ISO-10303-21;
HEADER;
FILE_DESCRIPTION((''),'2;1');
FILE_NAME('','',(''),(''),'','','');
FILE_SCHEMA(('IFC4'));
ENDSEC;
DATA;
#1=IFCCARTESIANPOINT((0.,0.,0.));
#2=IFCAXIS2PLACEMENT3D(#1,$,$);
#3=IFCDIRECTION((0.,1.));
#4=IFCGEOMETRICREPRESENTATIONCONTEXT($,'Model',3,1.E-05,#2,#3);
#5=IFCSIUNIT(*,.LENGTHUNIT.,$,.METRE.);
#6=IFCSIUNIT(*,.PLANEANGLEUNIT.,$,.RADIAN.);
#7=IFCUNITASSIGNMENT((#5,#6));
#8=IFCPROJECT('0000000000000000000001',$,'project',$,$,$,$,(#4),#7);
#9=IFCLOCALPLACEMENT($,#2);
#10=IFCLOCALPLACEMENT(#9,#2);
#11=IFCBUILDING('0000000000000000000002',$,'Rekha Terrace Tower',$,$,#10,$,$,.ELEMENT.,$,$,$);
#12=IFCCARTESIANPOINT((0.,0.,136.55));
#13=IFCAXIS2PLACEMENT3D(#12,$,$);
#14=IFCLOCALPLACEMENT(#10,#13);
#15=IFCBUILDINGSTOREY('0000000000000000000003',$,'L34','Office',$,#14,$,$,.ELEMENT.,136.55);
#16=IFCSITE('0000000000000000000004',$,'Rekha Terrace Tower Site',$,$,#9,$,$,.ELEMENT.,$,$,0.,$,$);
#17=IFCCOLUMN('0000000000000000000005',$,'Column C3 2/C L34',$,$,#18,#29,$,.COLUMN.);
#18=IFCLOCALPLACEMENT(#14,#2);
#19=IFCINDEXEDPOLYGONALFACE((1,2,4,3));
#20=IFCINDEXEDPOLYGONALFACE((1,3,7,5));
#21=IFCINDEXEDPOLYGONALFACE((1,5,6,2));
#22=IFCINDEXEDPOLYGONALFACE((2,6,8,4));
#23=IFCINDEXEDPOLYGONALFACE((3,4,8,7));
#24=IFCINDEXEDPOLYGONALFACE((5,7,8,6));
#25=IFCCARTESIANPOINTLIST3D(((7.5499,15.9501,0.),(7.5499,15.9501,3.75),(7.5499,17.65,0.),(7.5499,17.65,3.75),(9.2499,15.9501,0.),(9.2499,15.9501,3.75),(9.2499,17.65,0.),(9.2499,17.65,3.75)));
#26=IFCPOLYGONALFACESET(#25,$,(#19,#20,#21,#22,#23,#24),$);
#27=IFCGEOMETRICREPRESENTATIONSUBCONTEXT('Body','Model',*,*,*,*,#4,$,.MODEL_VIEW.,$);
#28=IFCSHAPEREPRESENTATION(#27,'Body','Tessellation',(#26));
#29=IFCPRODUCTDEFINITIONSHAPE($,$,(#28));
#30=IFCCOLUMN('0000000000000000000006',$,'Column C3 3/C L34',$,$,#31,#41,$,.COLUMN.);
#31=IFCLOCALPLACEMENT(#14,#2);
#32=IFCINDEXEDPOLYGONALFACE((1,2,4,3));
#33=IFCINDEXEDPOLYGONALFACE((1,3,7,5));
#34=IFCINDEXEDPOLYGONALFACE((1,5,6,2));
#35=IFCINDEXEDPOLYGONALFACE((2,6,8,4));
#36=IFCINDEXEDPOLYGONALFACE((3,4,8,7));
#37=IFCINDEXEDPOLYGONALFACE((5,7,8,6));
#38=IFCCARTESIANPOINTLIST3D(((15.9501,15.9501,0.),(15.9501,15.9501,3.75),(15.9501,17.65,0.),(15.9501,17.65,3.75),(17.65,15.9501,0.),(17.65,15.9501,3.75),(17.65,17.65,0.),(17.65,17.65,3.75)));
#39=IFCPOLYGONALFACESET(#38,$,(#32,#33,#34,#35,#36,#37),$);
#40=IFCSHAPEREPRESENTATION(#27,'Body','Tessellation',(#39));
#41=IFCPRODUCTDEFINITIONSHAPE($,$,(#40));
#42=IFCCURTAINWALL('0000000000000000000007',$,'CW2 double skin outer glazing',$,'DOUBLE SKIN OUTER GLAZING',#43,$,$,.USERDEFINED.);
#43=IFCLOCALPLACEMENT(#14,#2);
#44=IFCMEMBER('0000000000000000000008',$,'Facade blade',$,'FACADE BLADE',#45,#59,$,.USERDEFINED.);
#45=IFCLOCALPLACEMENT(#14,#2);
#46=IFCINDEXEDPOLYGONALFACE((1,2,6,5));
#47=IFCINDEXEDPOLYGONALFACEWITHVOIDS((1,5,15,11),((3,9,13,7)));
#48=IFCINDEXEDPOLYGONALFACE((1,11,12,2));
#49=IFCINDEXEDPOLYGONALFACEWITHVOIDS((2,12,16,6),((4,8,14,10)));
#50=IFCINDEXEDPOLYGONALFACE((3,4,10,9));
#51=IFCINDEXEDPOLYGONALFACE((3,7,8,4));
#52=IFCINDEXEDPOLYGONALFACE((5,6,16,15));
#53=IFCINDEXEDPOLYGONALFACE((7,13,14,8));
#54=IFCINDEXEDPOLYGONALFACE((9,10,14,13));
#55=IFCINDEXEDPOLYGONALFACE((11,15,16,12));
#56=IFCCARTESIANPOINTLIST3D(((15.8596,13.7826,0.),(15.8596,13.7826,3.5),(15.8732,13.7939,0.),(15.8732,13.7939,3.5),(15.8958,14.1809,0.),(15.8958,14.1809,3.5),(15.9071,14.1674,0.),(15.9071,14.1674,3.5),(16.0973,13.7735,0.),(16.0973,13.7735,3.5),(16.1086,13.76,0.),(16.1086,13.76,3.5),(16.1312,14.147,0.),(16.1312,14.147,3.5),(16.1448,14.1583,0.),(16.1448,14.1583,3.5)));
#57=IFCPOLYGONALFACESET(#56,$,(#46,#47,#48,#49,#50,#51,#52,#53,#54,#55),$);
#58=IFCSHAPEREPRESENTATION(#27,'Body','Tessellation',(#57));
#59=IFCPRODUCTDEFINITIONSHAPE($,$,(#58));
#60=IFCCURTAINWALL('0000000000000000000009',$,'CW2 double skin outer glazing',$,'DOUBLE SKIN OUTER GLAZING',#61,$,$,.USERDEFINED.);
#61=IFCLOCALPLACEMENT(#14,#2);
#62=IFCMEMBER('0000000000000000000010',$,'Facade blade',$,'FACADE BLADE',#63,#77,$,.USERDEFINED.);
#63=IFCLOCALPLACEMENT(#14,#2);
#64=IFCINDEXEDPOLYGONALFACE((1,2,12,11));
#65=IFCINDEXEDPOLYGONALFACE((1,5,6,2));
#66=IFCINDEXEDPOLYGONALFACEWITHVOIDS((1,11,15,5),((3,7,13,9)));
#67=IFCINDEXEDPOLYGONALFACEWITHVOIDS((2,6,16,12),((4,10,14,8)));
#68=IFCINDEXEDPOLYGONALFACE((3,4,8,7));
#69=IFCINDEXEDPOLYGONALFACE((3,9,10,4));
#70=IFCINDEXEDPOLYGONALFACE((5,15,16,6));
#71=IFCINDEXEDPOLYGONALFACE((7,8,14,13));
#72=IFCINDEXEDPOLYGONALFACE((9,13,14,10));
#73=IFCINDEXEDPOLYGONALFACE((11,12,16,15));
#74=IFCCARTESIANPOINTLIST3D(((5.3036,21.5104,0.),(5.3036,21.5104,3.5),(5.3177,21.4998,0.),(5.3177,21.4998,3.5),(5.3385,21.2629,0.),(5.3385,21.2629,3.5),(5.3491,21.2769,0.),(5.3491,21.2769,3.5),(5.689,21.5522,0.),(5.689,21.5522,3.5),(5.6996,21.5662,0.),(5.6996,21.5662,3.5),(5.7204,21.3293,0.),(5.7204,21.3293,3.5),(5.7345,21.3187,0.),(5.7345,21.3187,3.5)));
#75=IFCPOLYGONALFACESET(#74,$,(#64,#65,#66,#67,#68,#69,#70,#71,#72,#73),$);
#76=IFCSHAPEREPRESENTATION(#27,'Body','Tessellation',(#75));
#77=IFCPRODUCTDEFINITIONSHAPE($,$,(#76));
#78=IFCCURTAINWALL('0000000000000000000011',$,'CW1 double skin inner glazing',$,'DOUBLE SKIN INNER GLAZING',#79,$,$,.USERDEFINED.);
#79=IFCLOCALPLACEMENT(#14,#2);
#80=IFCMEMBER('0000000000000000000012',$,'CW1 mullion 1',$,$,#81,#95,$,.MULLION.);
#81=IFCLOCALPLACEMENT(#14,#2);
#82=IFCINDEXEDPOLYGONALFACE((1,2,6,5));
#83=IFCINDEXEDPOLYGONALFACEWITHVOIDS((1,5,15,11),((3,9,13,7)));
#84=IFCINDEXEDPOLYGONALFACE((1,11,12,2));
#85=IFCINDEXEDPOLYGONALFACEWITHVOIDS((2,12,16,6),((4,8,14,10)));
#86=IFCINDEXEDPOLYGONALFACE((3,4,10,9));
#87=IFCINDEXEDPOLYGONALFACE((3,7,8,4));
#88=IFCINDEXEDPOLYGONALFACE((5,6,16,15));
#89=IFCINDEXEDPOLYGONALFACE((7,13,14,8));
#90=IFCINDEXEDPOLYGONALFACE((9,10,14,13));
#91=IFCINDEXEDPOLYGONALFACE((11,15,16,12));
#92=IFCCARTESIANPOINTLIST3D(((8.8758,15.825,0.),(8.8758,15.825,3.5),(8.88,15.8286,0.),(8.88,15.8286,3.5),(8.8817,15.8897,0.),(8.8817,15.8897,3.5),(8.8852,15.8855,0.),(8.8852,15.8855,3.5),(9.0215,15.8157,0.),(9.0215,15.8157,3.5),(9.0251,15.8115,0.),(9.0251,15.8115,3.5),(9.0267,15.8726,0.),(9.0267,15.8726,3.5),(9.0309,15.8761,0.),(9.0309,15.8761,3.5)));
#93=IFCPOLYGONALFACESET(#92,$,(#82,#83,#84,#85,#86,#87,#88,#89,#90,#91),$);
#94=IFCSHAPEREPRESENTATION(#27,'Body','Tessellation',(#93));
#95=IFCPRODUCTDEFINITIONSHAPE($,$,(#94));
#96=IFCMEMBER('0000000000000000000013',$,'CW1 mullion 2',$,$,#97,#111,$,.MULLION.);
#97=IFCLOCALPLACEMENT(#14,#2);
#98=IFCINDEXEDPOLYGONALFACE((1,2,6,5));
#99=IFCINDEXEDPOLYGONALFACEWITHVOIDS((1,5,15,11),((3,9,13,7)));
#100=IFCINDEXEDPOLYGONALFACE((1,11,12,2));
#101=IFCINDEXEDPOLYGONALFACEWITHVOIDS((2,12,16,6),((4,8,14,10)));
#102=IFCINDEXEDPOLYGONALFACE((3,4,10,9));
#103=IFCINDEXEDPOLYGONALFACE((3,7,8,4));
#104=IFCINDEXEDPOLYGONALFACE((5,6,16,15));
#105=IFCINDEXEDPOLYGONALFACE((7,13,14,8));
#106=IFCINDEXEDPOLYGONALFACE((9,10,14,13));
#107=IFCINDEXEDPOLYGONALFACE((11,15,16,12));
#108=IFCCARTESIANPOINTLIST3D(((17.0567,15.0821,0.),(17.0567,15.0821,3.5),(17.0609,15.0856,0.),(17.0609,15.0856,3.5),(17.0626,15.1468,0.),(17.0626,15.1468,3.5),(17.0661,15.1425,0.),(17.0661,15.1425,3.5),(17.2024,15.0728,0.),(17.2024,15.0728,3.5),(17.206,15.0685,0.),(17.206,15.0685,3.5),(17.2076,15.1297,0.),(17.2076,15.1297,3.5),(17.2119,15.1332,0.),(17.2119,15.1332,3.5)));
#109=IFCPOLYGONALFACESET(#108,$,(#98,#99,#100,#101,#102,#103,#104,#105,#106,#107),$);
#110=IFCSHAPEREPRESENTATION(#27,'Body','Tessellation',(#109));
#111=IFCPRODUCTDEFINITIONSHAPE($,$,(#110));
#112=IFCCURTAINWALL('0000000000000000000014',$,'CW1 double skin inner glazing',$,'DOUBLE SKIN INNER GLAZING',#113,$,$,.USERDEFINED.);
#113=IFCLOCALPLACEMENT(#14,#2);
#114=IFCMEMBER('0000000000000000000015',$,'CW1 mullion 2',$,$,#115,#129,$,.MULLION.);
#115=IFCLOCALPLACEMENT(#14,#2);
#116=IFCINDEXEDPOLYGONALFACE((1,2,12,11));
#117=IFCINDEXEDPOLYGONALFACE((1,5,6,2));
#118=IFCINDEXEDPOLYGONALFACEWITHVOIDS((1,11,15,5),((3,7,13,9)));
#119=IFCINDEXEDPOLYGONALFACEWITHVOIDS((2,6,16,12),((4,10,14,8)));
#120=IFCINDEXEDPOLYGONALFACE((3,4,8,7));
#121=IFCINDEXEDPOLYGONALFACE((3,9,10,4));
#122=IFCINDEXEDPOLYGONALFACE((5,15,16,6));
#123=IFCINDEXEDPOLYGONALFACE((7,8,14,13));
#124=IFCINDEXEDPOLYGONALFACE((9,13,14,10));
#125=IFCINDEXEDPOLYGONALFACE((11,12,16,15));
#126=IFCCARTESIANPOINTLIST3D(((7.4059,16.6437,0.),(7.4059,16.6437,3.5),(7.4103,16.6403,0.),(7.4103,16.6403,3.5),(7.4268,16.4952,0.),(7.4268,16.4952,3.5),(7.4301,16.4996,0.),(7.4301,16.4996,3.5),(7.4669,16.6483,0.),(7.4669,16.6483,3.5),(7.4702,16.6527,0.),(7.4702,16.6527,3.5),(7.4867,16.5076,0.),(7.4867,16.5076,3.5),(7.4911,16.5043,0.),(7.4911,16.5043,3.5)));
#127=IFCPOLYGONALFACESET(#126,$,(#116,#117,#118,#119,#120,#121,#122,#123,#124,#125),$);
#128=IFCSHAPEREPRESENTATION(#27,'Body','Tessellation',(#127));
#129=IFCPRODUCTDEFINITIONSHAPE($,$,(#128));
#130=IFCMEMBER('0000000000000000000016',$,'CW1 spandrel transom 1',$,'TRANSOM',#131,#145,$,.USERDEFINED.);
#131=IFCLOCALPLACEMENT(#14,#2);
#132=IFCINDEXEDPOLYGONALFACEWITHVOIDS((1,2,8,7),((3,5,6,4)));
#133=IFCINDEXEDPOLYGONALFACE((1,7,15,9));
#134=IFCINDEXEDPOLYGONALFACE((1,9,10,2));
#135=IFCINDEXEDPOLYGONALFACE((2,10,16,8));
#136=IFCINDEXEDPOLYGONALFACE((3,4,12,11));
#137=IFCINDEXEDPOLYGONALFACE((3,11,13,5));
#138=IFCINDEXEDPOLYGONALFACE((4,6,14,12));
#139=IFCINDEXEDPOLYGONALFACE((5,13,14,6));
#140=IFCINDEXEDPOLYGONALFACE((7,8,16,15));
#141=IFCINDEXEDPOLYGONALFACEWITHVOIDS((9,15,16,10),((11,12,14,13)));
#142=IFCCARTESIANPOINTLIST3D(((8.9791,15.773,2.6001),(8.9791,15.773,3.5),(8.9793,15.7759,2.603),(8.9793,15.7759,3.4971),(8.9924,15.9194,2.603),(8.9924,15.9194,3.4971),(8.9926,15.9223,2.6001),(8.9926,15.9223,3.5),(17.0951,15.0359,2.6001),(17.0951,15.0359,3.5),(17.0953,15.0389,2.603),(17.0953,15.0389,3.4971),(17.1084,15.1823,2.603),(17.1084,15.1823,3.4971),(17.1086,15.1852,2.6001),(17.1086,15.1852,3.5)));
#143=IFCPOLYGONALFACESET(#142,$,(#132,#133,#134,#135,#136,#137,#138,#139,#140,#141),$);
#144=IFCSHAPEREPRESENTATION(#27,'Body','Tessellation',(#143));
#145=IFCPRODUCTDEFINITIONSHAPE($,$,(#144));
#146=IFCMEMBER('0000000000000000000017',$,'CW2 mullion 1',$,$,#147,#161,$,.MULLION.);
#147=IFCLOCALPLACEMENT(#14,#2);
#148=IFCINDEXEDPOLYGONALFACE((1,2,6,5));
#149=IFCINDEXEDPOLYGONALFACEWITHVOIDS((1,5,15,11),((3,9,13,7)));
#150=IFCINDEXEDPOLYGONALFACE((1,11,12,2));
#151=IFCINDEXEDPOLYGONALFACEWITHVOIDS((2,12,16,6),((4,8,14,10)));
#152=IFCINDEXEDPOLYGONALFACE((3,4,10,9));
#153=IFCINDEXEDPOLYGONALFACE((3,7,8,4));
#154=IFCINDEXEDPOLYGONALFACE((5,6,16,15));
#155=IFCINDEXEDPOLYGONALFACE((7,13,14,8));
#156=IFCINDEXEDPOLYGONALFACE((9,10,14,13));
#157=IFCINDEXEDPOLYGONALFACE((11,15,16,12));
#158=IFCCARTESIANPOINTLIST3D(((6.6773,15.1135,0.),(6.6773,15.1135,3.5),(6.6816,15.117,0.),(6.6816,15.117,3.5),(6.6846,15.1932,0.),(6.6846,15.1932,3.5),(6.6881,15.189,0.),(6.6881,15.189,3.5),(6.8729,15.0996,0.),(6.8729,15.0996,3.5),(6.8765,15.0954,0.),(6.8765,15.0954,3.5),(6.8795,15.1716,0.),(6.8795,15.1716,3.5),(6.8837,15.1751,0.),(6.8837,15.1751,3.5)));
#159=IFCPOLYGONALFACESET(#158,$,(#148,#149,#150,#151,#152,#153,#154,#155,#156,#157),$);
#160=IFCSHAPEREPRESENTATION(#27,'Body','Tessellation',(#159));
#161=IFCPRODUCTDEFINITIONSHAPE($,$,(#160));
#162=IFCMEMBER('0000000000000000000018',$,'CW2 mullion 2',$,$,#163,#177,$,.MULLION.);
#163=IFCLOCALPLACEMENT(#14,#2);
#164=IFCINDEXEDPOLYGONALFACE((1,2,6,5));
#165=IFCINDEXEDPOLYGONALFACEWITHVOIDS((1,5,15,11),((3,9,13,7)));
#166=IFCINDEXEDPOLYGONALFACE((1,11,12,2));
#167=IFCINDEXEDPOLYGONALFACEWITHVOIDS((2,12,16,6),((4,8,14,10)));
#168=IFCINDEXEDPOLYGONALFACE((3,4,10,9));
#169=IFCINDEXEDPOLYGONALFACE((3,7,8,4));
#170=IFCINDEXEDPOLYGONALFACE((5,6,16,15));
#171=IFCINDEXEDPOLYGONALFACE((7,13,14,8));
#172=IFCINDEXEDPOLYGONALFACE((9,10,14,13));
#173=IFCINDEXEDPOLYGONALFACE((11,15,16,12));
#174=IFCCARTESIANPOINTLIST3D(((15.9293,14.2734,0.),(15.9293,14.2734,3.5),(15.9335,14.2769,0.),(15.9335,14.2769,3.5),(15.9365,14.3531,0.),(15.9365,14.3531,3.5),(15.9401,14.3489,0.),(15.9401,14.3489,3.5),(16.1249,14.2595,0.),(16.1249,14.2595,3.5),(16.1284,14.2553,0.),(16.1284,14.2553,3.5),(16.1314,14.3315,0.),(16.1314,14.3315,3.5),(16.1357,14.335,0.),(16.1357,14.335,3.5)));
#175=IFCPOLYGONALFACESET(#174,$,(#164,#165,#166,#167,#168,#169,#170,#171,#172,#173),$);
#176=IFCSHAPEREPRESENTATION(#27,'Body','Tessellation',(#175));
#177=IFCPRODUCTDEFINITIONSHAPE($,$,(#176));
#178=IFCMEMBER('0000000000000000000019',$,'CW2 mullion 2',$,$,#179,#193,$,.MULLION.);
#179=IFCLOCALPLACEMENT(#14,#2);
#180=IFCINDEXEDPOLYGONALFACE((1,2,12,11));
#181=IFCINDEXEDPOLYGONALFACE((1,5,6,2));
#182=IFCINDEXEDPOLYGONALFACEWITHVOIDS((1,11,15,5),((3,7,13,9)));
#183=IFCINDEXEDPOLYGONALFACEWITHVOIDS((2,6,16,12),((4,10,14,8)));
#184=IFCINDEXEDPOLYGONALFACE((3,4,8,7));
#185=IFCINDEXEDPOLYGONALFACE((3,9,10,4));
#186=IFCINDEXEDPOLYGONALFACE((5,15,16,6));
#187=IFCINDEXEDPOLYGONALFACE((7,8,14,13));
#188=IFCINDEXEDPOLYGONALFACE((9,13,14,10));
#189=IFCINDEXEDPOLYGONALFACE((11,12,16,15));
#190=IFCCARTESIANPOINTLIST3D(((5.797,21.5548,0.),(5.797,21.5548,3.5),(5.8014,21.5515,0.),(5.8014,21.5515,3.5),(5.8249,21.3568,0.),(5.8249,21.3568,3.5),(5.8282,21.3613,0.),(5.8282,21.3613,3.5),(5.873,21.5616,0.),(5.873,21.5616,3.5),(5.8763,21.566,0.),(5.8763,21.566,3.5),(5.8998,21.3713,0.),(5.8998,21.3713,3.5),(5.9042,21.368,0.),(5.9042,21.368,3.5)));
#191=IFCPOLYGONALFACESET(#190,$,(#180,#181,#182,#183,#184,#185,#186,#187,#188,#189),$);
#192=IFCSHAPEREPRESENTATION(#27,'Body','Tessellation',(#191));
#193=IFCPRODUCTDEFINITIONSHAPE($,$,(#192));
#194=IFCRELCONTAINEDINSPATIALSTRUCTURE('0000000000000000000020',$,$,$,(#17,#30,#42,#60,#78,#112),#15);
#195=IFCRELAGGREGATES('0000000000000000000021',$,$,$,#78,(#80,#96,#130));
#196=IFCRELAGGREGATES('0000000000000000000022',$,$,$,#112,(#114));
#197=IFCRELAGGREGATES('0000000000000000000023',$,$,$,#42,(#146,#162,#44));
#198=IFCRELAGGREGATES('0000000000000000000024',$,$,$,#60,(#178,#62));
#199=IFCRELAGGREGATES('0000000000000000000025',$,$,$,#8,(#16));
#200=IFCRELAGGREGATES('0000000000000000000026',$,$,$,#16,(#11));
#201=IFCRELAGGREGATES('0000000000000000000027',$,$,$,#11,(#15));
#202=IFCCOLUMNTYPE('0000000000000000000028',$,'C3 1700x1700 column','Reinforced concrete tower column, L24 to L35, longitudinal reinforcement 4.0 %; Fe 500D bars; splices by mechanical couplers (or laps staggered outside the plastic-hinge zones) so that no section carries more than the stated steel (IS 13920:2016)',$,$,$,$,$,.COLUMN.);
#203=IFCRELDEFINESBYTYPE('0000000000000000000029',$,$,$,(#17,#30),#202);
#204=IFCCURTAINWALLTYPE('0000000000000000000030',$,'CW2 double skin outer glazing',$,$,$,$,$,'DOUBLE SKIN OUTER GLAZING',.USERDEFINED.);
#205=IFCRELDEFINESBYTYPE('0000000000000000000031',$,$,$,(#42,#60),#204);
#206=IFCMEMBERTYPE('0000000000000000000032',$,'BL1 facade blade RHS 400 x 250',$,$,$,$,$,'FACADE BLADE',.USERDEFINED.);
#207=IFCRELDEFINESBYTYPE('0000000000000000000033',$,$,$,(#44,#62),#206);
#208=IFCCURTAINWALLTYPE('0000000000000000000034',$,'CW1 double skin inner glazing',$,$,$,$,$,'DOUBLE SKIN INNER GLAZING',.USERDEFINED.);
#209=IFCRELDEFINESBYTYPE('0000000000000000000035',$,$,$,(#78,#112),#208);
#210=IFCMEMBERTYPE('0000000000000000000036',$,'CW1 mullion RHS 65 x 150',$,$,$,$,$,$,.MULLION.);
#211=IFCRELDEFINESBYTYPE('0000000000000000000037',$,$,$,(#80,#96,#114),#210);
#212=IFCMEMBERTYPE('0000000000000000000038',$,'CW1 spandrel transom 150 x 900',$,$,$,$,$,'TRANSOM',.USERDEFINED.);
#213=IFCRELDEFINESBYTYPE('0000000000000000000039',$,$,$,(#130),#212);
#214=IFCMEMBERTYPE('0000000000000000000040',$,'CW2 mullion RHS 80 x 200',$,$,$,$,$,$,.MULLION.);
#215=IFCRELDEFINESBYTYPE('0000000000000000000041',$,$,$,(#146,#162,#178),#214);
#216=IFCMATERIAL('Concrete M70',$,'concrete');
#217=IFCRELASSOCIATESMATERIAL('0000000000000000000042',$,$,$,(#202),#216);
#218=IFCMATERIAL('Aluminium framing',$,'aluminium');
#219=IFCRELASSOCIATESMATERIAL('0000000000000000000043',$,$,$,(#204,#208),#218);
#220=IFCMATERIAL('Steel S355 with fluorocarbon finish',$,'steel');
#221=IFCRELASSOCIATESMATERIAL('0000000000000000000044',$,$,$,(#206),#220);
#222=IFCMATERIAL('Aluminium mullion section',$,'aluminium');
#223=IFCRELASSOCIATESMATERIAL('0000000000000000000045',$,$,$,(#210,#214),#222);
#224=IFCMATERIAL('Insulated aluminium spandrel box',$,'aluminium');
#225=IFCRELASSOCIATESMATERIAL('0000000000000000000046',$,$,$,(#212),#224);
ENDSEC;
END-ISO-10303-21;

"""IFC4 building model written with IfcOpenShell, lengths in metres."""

from ifc_helpers import new_model, si_unit, direction, frame, origin, origin_2d, place, context, subcontext, project, spatial, rectangle, hollow_rectangle, extrude, material, material_profile, profile_set, type_object, element, aggregate, save


model = new_model("IFC4")

# Units and contexts
model_context = context("Model", 3, precision=1e-05, world=origin(), true_north=direction((0.0, 1.0)))
body_context = subcontext(model_context, "Body", "Model", "MODEL_VIEW")
ifc_project = project(units=[si_unit("LENGTHUNIT", "METRE"), si_unit("PLANEANGLEUNIT", "RADIAN")], contexts=[model_context])

# Site, building, storey
site_placement = place(None, origin())
site = spatial("IfcSite", under=ifc_project, at=site_placement, Name="Rekha Terrace Tower Site", CompositionType="ELEMENT", RefElevation=0.0)
building_placement = place(site_placement, origin())
building = spatial("IfcBuilding", under=site, at=building_placement, Name="Rekha Terrace Tower", CompositionType="ELEMENT")
storey_placement = place(building_placement, frame((0.0, 0.0, 136.55)))
storey = spatial("IfcBuildingStorey", under=building, at=storey_placement, Name="L34", Description="Office", CompositionType="ELEMENT", Elevation=136.55)

# Columns
ifc_material_1 = material(Name="Concrete M70", Category="concrete")
ifc_material_profile_1 = material_profile(ifc_material_1, rectangle(XDim=1.7, YDim=1.7, at=origin_2d()), Name="RC 1700x1700")
ifc_profile_set_1 = profile_set([ifc_material_profile_1], Name="Concrete M70")
column_type = type_object("IfcColumnType", Name="C3 1700x1700 column", Description="Reinforced concrete tower column, L24 to L35, longitudinal reinforcement 4.0 %; Fe 500D bars; splices by mechanical couplers (or laps staggered outside the plastic-hinge zones) so that no section carries more than the stated steel (IS 13920:2016)", PredefinedType="COLUMN", material=ifc_profile_set_1)
for number, where, z_axis, x_axis, name in (
    (1, (8.3999, 16.8, 0.0), (0.0, 0.0, 1.0), (1.0, 0.0, 0.0), "Column C3 2/C L34"),
    (2, (16.8, 16.8, 0.0), (0.0, 0.0, 1.0), (1.0, 0.0, 0.0), "Column C3 3/C L34"),
):
    element("IfcColumn", number, at=place(storey_placement, frame(where, z_axis=z_axis, x_axis=x_axis)), inside=storey, type_object=column_type, Name=name, PredefinedType="COLUMN", context=body_context, shape_type="SweptSolid", body=[
        extrude(rectangle(XDim=1.7, YDim=1.7, at=origin_2d()), origin(), (0.0, 0.0, 1.0), 3.75),
    ])

# Curtain walls, members
ifc_material_2 = material(Name="Aluminium framing", Category="aluminium")
curtain_wall_type_1 = type_object("IfcCurtainWallType", Name="CW2 double skin outer glazing", ElementType="DOUBLE SKIN OUTER GLAZING", PredefinedType="USERDEFINED", material=ifc_material_2)
curtain_wall_1_placement = place(storey_placement, origin())
curtain_wall_1 = element("IfcCurtainWall", 3, at=curtain_wall_1_placement, inside=storey, type_object=curtain_wall_type_1, Name="CW2 double skin outer glazing", ObjectType="DOUBLE SKIN OUTER GLAZING", PredefinedType="USERDEFINED")
ifc_material_3 = material(Name="Steel S355 with fluorocarbon finish", Category="steel")
ifc_material_profile_2 = material_profile(ifc_material_3, hollow_rectangle(XDim=0.25, YDim=0.3999, WallThickness=0.0125, at=origin_2d()), Name="RHS400x250x12.5")
ifc_profile_set_2 = profile_set([ifc_material_profile_2], Name="Steel S355 with fluorocarbon finish")
member_type_1 = type_object("IfcMemberType", Name="BL1 facade blade RHS 400 x 250", ElementType="FACADE BLADE", PredefinedType="USERDEFINED", material=ifc_profile_set_2)
member_1_placement = place(storey_placement, frame((16.0022, 13.9705, 0.0), z_axis=(0.0, 0.0, 1.0), x_axis=(0.995902, -0.09044, 0.0)))
member_1 = element("IfcMember", 4, at=member_1_placement, type_object=member_type_1, Name="Facade blade", ObjectType="FACADE BLADE", PredefinedType="USERDEFINED", context=body_context, shape_type="SweptSolid", body=[
    extrude(hollow_rectangle(XDim=0.25, YDim=0.3999, WallThickness=0.0125, at=origin_2d()), origin(), (0.0, 0.0, 1.0), 3.5),
])
curtain_wall_2_placement = place(storey_placement, origin())
curtain_wall_2 = element("IfcCurtainWall", 5, at=curtain_wall_2_placement, inside=storey, type_object=curtain_wall_type_1, Name="CW2 double skin outer glazing", ObjectType="DOUBLE SKIN OUTER GLAZING", PredefinedType="USERDEFINED")
member_2_placement = place(storey_placement, frame((5.519, 21.4146, 0.0), z_axis=(0.0, 0.0, 1.0), x_axis=(0.139597, -0.990208, 0.0)))
member_2 = element("IfcMember", 6, at=member_2_placement, type_object=member_type_1, Name="Facade blade", ObjectType="FACADE BLADE", PredefinedType="USERDEFINED", context=body_context, shape_type="SweptSolid", body=[
    extrude(hollow_rectangle(XDim=0.25, YDim=0.3999, WallThickness=0.0125, at=origin_2d()), origin(), (0.0, 0.0, 1.0), 3.5),
])

# Curtain wall, members
curtain_wall_type_2 = type_object("IfcCurtainWallType", Name="CW1 double skin inner glazing", ElementType="DOUBLE SKIN INNER GLAZING", PredefinedType="USERDEFINED", material=ifc_material_2)
curtain_wall_3_placement = place(storey_placement, origin())
curtain_wall_3 = element("IfcCurtainWall", 7, at=curtain_wall_3_placement, inside=storey, type_object=curtain_wall_type_2, Name="CW1 double skin inner glazing", ObjectType="DOUBLE SKIN INNER GLAZING", PredefinedType="USERDEFINED")
ifc_material_4 = material(Name="Aluminium mullion section", Category="aluminium")
ifc_material_profile_3 = material_profile(ifc_material_4, hollow_rectangle(XDim=0.0649, YDim=0.1499, WallThickness=0.0039, at=origin_2d()), Name="AL RHS 65x150")
ifc_profile_set_3 = profile_set([ifc_material_profile_3], Name="Aluminium mullion section")
member_type_2 = type_object("IfcMemberType", Name="CW1 mullion RHS 65 x 150", PredefinedType="MULLION", material=ifc_profile_set_3)
member_3_placement = place(storey_placement, frame((8.9534, 15.8506, 0.0), z_axis=(0.0, 0.0, 1.0), x_axis=(0.09044, 0.995902, 0.0)))
member_3 = element("IfcMember", 8, at=member_3_placement, type_object=member_type_2, Name="CW1 mullion 1", PredefinedType="MULLION", context=body_context, shape_type="SweptSolid", body=[
    extrude(hollow_rectangle(XDim=0.0649, YDim=0.1499, WallThickness=0.0039, at=origin_2d()), origin(), (0.0, 0.0, 1.0), 3.5),
])
member_4_placement = place(storey_placement, frame((17.1343, 15.1077, 0.0), z_axis=(0.0, 0.0, 1.0), x_axis=(0.09044, 0.995902, 0.0)))
member_4 = element("IfcMember", 9, at=member_4_placement, type_object=member_type_2, Name="CW1 mullion 2", PredefinedType="MULLION", context=body_context, shape_type="SweptSolid", body=[
    extrude(hollow_rectangle(XDim=0.0649, YDim=0.1499, WallThickness=0.0039, at=origin_2d()), origin(), (0.0, 0.0, 1.0), 3.5),
])

# Curtain wall, member
curtain_wall_4_placement = place(storey_placement, origin())
curtain_wall_4 = element("IfcCurtainWall", 10, at=curtain_wall_4_placement, inside=storey, type_object=curtain_wall_type_2, Name="CW1 double skin inner glazing", ObjectType="DOUBLE SKIN INNER GLAZING", PredefinedType="USERDEFINED")
member_5_placement = place(storey_placement, frame((7.4485, 16.574, 0.0), z_axis=(0.0, 0.0, 1.0), x_axis=(0.990208, 0.139597, 0.0)))
member_5 = element("IfcMember", 11, at=member_5_placement, type_object=member_type_2, Name="CW1 mullion 2", PredefinedType="MULLION", context=body_context, shape_type="SweptSolid", body=[
    extrude(hollow_rectangle(XDim=0.0649, YDim=0.1499, WallThickness=0.0039, at=origin_2d()), origin(), (0.0, 0.0, 1.0), 3.5),
])

# Members
ifc_material_5 = material(Name="Insulated aluminium spandrel box", Category="aluminium")
ifc_material_profile_4 = material_profile(ifc_material_5, hollow_rectangle(XDim=0.1499, YDim=0.8999, WallThickness=0.0029, at=origin_2d()), Name="AL SPANDREL BOX 150x900")
ifc_profile_set_4 = profile_set([ifc_material_profile_4], Name="Insulated aluminium spandrel box")
member_type_3 = type_object("IfcMemberType", Name="CW1 spandrel transom 150 x 900", ElementType="TRANSOM", PredefinedType="USERDEFINED", material=ifc_profile_set_4)
member_6_placement = place(storey_placement, frame((8.9858, 15.8477, 3.05), z_axis=(0.995902, -0.090444, 0.0), x_axis=(0.090444, 0.995902, 0.0)))
member_6 = element("IfcMember", 12, at=member_6_placement, type_object=member_type_3, Name="CW1 spandrel transom 1", ObjectType="TRANSOM", PredefinedType="USERDEFINED", context=body_context, shape_type="SweptSolid", body=[
    extrude(hollow_rectangle(XDim=0.1499, YDim=0.8999, WallThickness=0.0029, at=origin_2d()), origin(), (0.0, 0.0, 1.0), 8.1494),
])
ifc_material_profile_5 = material_profile(ifc_material_4, hollow_rectangle(XDim=0.0801, YDim=0.2, WallThickness=0.0039, at=origin_2d()), Name="AL RHS 80x200")
ifc_profile_set_5 = profile_set([ifc_material_profile_5], Name="Aluminium mullion section")
member_type_4 = type_object("IfcMemberType", Name="CW2 mullion RHS 80 x 200", PredefinedType="MULLION", material=ifc_profile_set_5)
member_7_placement = place(storey_placement, frame((6.7805, 15.1443, 0.0), z_axis=(0.0, 0.0, 1.0), x_axis=(0.09044, 0.995902, 0.0)))
member_7 = element("IfcMember", 13, at=member_7_placement, type_object=member_type_4, Name="CW2 mullion 1", PredefinedType="MULLION", context=body_context, shape_type="SweptSolid", body=[
    extrude(hollow_rectangle(XDim=0.0801, YDim=0.2, WallThickness=0.0039, at=origin_2d()), origin(), (0.0, 0.0, 1.0), 3.5),
])
member_8_placement = place(storey_placement, frame((16.0325, 14.3042, 0.0), z_axis=(0.0, 0.0, 1.0), x_axis=(0.09044, 0.995902, 0.0)))
member_8 = element("IfcMember", 14, at=member_8_placement, type_object=member_type_4, Name="CW2 mullion 2", PredefinedType="MULLION", context=body_context, shape_type="SweptSolid", body=[
    extrude(hollow_rectangle(XDim=0.0801, YDim=0.2, WallThickness=0.0039, at=origin_2d()), origin(), (0.0, 0.0, 1.0), 3.5),
])
member_9_placement = place(storey_placement, frame((5.8506, 21.4614, 0.0), z_axis=(0.0, 0.0, 1.0), x_axis=(0.990208, 0.139597, 0.0)))
member_9 = element("IfcMember", 15, at=member_9_placement, type_object=member_type_4, Name="CW2 mullion 2", PredefinedType="MULLION", context=body_context, shape_type="SweptSolid", body=[
    extrude(hollow_rectangle(XDim=0.0801, YDim=0.2, WallThickness=0.0039, at=origin_2d()), origin(), (0.0, 0.0, 1.0), 3.5),
])

aggregate(curtain_wall_3, [member_3, member_4, member_6])
aggregate(curtain_wall_4, [member_5])
aggregate(curtain_wall_1, [member_7, member_8, member_1])
aggregate(curtain_wall_2, [member_9, member_2])

save(model, "model.ifc")
